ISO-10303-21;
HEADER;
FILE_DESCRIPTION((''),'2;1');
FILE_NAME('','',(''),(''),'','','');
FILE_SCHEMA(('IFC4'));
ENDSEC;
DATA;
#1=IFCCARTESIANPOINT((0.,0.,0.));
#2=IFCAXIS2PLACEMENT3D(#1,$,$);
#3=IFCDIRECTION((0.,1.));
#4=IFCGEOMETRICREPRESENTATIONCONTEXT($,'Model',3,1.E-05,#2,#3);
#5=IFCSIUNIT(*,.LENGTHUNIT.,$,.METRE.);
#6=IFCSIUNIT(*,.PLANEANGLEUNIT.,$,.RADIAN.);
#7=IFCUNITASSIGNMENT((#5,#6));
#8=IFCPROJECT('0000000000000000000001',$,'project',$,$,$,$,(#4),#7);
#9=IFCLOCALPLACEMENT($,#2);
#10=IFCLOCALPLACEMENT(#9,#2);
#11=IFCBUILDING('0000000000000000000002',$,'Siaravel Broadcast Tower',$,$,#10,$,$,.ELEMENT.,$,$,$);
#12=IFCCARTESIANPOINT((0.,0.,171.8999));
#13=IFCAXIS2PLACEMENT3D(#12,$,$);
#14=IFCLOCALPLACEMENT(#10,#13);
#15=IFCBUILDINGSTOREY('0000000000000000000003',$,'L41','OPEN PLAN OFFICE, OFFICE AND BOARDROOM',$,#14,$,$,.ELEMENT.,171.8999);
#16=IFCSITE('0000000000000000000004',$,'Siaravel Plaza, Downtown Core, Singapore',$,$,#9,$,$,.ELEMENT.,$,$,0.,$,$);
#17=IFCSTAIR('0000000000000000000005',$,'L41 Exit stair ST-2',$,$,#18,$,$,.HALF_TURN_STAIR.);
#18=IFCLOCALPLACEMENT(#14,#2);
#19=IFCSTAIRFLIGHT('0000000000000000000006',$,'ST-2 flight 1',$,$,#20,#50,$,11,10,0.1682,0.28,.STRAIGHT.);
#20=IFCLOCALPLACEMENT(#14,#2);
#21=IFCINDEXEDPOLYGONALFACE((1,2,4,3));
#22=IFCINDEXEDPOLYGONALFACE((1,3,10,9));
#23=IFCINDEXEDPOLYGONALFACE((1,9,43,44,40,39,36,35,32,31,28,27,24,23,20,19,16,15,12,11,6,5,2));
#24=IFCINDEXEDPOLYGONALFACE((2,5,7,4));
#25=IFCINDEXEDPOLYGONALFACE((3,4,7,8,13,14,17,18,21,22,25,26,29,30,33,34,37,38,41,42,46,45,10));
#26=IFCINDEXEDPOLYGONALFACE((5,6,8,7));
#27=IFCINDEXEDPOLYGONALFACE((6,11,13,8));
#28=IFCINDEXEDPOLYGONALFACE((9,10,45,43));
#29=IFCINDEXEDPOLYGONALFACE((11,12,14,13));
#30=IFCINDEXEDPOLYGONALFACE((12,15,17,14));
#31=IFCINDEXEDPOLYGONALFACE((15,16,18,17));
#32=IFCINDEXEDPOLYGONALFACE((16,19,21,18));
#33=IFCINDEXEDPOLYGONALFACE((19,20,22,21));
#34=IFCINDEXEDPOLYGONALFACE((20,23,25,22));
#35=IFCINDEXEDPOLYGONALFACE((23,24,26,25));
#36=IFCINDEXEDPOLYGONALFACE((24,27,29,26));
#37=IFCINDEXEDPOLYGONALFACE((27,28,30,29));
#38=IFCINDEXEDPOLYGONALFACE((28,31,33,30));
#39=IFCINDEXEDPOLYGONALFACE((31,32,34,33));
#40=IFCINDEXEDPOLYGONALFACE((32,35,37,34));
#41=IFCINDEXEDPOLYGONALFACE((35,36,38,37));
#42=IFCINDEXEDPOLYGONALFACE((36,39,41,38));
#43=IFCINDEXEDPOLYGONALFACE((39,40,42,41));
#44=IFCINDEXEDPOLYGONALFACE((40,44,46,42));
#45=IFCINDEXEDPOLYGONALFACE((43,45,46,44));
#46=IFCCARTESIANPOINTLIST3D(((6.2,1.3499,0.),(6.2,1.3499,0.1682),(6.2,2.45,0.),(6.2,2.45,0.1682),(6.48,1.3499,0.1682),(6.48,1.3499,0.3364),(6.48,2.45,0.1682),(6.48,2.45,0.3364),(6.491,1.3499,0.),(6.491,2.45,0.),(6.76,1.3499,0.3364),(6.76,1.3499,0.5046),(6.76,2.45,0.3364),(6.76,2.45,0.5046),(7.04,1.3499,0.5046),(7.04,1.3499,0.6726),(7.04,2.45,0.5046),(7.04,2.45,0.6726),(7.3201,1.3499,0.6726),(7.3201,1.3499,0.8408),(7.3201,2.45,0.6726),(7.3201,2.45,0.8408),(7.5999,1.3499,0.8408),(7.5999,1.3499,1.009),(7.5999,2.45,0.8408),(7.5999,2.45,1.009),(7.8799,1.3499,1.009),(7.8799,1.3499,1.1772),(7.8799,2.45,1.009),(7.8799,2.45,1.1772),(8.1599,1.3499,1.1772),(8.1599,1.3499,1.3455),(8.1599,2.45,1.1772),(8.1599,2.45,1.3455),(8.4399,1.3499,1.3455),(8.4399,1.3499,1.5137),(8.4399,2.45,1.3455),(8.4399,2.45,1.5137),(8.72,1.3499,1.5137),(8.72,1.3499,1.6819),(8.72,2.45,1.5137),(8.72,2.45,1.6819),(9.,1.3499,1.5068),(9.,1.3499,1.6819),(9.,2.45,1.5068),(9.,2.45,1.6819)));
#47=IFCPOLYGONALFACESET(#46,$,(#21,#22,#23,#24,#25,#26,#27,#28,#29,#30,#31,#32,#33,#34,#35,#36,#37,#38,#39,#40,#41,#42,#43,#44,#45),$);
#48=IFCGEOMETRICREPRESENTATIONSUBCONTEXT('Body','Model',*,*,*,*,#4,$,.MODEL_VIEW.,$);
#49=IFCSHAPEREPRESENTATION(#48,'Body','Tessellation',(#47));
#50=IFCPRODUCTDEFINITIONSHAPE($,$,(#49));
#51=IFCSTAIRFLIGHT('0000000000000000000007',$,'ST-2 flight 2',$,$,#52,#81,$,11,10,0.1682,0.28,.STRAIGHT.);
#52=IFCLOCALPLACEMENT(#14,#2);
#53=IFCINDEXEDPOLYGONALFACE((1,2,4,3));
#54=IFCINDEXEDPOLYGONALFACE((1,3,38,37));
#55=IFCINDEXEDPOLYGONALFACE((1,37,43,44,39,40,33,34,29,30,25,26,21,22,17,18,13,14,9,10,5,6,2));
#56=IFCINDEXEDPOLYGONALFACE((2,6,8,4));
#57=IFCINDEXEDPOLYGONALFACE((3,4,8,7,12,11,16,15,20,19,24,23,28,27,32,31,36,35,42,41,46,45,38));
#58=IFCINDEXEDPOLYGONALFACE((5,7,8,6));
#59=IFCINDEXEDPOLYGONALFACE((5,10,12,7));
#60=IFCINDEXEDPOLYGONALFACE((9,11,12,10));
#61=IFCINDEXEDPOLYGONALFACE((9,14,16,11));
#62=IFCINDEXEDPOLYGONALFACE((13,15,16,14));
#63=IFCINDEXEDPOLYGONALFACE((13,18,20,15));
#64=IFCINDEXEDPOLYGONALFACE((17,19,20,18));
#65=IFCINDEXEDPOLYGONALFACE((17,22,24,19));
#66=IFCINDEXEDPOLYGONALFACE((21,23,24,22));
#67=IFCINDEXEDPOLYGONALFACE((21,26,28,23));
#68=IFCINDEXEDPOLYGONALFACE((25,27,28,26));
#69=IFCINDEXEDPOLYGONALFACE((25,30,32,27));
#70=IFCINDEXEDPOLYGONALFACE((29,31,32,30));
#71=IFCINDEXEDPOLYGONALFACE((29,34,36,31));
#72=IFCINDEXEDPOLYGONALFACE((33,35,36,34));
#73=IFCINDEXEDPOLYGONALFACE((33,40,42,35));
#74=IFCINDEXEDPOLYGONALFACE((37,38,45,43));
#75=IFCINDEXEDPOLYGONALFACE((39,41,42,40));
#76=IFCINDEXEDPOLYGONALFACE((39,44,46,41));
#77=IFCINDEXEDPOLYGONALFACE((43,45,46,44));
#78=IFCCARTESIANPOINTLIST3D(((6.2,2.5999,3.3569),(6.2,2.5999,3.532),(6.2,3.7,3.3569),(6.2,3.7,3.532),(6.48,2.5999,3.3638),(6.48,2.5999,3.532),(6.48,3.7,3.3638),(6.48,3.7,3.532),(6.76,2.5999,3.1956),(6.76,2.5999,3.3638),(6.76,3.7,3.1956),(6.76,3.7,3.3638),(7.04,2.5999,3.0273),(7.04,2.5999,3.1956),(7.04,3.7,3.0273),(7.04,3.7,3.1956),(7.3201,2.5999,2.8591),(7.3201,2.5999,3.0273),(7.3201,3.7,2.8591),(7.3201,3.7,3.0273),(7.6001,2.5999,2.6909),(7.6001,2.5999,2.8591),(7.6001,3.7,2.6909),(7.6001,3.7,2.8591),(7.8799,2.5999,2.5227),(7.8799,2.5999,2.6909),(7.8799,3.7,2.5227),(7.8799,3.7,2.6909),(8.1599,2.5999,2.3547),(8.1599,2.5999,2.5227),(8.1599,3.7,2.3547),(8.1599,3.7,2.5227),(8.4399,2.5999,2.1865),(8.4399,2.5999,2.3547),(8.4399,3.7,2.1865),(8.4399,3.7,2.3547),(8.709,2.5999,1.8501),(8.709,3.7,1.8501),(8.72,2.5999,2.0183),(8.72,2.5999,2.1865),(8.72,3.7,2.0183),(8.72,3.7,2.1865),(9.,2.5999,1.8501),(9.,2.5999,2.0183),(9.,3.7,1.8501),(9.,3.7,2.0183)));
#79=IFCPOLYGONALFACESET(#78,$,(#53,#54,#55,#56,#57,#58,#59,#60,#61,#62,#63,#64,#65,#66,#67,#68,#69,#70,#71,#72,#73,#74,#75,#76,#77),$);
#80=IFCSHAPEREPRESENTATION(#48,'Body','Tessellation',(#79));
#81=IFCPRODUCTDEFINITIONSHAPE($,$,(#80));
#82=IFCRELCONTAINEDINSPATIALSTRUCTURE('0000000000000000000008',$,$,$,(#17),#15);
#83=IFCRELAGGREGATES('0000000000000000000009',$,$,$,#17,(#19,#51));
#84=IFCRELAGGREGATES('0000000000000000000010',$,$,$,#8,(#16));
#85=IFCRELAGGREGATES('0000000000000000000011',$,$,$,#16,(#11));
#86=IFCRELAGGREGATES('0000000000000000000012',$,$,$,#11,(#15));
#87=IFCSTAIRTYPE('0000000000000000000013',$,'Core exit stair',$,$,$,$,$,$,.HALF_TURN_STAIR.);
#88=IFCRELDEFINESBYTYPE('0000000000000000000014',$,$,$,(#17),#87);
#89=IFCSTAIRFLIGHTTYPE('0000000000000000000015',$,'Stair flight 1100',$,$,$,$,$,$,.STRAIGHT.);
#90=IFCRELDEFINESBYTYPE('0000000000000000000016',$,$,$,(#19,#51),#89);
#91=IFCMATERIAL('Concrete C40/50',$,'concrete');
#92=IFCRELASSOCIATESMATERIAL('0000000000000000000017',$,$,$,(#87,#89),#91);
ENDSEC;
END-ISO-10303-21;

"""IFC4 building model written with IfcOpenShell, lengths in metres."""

from ifc_helpers import new_model, si_unit, direction, frame, origin, place, context, subcontext, project, spatial, polyline, outline, extrude, material, type_object, element, aggregate, save


model = new_model("IFC4")

# Units and contexts
model_context = context("Model", 3, precision=1e-05, world=origin(), true_north=direction((0.0, 1.0)))
body_context = subcontext(model_context, "Body", "Model", "MODEL_VIEW")
ifc_project = project(units=[si_unit("LENGTHUNIT", "METRE"), si_unit("PLANEANGLEUNIT", "RADIAN")], contexts=[model_context])

# Site, building, storey
site_placement = place(None, origin())
site = spatial("IfcSite", under=ifc_project, at=site_placement, Name="Siaravel Plaza, Downtown Core, Singapore", CompositionType="ELEMENT", RefElevation=0.0)
building_placement = place(site_placement, origin())
building = spatial("IfcBuilding", under=site, at=building_placement, Name="Siaravel Broadcast Tower", CompositionType="ELEMENT")
storey_placement = place(building_placement, frame((0.0, 0.0, 171.8999)))
storey = spatial("IfcBuildingStorey", under=building, at=storey_placement, Name="L41", Description="OPEN PLAN OFFICE, OFFICE AND BOARDROOM", CompositionType="ELEMENT", Elevation=171.8999)

# Stair, stair flights
ifc_material_1 = material(Name="Concrete C40/50", Category="concrete")
stair_type = type_object("IfcStairType", Name="Core exit stair", PredefinedType="HALF_TURN_STAIR", material=ifc_material_1)
stair_placement = place(storey_placement, origin())
stair = element("IfcStair", 1, at=stair_placement, inside=storey, type_object=stair_type, Name="L41 Exit stair ST-2", PredefinedType="HALF_TURN_STAIR")
stair_flight_type = type_object("IfcStairFlightType", Name="Stair flight 1100", PredefinedType="STRAIGHT", material=ifc_material_1)
stair_flight_1_placement = place(storey_placement, frame((6.2, 1.8999, 0.0), z_axis=(0.0, 0.0, 1.0), x_axis=(1.0, 0.0, 0.0)))
stair_flight_1 = element("IfcStairFlight", 2, at=stair_flight_1_placement, type_object=stair_flight_type, Name="ST-2 flight 1", NumberOfRisers=11, NumberOfTreads=10, PredefinedType="STRAIGHT", RiserHeight=0.1682, TreadLength=0.28, context=body_context, shape_type="SweptSolid", body=[
    extrude(outline(polyline([(0.0, 0.0), (0.0, 0.1682), (0.28, 0.1682), (0.28, 0.3364), (0.5601, 0.3364), (0.5601, 0.5046), (0.8401, 0.5046), (0.8401, 0.6726), (1.1201, 0.6726), (1.1201, 0.8408), (1.3999, 0.8408), (1.3999, 1.009), (1.6799, 1.009), (1.6799, 1.1772), (1.96, 1.1772), (1.96, 1.3455), (2.24, 1.3455), (2.24, 1.5137), (2.52, 1.5137), (2.52, 1.6819), (2.8, 1.6819), (2.8, 1.8501), (2.8, 1.5068), (0.291, 0.0), (0.0, 0.0)])), frame((0.0, 0.55, 0.0), z_axis=(0.0, -1.0, 0.0), x_axis=(1.0, 0.0, 0.0)), (0.0, 0.0, 1.0), 1.1001),
])
stair_flight_2_placement = place(storey_placement, frame((9.0, 3.1499, 1.8501), z_axis=(0.0, 0.0, 1.0), x_axis=(-1.0, 0.0, 0.0)))
stair_flight_2 = element("IfcStairFlight", 3, at=stair_flight_2_placement, type_object=stair_flight_type, Name="ST-2 flight 2", NumberOfRisers=11, NumberOfTreads=10, PredefinedType="STRAIGHT", RiserHeight=0.1682, TreadLength=0.28, context=body_context, shape_type="SweptSolid", body=[
    extrude(outline(polyline([(0.0, 0.0), (0.0, 0.1682), (0.28, 0.1682), (0.28, 0.3364), (0.5601, 0.3364), (0.5601, 0.5046), (0.8401, 0.5046), (0.8401, 0.6726), (1.1201, 0.6726), (1.1201, 0.8408), (1.3999, 0.8408), (1.3999, 1.009), (1.6799, 1.009), (1.6799, 1.1772), (1.96, 1.1772), (1.96, 1.3455), (2.24, 1.3455), (2.24, 1.5137), (2.52, 1.5137), (2.52, 1.6819), (2.8, 1.6819), (2.8, 1.8501), (2.8, 1.5068), (0.291, 0.0), (0.0, 0.0)])), frame((0.0, 0.55, 0.0), z_axis=(0.0, -1.0, 0.0), x_axis=(1.0, 0.0, 0.0)), (0.0, 0.0, 1.0), 1.1001),
])
aggregate(stair, [stair_flight_1, stair_flight_2])

save(model, "model.ifc")
